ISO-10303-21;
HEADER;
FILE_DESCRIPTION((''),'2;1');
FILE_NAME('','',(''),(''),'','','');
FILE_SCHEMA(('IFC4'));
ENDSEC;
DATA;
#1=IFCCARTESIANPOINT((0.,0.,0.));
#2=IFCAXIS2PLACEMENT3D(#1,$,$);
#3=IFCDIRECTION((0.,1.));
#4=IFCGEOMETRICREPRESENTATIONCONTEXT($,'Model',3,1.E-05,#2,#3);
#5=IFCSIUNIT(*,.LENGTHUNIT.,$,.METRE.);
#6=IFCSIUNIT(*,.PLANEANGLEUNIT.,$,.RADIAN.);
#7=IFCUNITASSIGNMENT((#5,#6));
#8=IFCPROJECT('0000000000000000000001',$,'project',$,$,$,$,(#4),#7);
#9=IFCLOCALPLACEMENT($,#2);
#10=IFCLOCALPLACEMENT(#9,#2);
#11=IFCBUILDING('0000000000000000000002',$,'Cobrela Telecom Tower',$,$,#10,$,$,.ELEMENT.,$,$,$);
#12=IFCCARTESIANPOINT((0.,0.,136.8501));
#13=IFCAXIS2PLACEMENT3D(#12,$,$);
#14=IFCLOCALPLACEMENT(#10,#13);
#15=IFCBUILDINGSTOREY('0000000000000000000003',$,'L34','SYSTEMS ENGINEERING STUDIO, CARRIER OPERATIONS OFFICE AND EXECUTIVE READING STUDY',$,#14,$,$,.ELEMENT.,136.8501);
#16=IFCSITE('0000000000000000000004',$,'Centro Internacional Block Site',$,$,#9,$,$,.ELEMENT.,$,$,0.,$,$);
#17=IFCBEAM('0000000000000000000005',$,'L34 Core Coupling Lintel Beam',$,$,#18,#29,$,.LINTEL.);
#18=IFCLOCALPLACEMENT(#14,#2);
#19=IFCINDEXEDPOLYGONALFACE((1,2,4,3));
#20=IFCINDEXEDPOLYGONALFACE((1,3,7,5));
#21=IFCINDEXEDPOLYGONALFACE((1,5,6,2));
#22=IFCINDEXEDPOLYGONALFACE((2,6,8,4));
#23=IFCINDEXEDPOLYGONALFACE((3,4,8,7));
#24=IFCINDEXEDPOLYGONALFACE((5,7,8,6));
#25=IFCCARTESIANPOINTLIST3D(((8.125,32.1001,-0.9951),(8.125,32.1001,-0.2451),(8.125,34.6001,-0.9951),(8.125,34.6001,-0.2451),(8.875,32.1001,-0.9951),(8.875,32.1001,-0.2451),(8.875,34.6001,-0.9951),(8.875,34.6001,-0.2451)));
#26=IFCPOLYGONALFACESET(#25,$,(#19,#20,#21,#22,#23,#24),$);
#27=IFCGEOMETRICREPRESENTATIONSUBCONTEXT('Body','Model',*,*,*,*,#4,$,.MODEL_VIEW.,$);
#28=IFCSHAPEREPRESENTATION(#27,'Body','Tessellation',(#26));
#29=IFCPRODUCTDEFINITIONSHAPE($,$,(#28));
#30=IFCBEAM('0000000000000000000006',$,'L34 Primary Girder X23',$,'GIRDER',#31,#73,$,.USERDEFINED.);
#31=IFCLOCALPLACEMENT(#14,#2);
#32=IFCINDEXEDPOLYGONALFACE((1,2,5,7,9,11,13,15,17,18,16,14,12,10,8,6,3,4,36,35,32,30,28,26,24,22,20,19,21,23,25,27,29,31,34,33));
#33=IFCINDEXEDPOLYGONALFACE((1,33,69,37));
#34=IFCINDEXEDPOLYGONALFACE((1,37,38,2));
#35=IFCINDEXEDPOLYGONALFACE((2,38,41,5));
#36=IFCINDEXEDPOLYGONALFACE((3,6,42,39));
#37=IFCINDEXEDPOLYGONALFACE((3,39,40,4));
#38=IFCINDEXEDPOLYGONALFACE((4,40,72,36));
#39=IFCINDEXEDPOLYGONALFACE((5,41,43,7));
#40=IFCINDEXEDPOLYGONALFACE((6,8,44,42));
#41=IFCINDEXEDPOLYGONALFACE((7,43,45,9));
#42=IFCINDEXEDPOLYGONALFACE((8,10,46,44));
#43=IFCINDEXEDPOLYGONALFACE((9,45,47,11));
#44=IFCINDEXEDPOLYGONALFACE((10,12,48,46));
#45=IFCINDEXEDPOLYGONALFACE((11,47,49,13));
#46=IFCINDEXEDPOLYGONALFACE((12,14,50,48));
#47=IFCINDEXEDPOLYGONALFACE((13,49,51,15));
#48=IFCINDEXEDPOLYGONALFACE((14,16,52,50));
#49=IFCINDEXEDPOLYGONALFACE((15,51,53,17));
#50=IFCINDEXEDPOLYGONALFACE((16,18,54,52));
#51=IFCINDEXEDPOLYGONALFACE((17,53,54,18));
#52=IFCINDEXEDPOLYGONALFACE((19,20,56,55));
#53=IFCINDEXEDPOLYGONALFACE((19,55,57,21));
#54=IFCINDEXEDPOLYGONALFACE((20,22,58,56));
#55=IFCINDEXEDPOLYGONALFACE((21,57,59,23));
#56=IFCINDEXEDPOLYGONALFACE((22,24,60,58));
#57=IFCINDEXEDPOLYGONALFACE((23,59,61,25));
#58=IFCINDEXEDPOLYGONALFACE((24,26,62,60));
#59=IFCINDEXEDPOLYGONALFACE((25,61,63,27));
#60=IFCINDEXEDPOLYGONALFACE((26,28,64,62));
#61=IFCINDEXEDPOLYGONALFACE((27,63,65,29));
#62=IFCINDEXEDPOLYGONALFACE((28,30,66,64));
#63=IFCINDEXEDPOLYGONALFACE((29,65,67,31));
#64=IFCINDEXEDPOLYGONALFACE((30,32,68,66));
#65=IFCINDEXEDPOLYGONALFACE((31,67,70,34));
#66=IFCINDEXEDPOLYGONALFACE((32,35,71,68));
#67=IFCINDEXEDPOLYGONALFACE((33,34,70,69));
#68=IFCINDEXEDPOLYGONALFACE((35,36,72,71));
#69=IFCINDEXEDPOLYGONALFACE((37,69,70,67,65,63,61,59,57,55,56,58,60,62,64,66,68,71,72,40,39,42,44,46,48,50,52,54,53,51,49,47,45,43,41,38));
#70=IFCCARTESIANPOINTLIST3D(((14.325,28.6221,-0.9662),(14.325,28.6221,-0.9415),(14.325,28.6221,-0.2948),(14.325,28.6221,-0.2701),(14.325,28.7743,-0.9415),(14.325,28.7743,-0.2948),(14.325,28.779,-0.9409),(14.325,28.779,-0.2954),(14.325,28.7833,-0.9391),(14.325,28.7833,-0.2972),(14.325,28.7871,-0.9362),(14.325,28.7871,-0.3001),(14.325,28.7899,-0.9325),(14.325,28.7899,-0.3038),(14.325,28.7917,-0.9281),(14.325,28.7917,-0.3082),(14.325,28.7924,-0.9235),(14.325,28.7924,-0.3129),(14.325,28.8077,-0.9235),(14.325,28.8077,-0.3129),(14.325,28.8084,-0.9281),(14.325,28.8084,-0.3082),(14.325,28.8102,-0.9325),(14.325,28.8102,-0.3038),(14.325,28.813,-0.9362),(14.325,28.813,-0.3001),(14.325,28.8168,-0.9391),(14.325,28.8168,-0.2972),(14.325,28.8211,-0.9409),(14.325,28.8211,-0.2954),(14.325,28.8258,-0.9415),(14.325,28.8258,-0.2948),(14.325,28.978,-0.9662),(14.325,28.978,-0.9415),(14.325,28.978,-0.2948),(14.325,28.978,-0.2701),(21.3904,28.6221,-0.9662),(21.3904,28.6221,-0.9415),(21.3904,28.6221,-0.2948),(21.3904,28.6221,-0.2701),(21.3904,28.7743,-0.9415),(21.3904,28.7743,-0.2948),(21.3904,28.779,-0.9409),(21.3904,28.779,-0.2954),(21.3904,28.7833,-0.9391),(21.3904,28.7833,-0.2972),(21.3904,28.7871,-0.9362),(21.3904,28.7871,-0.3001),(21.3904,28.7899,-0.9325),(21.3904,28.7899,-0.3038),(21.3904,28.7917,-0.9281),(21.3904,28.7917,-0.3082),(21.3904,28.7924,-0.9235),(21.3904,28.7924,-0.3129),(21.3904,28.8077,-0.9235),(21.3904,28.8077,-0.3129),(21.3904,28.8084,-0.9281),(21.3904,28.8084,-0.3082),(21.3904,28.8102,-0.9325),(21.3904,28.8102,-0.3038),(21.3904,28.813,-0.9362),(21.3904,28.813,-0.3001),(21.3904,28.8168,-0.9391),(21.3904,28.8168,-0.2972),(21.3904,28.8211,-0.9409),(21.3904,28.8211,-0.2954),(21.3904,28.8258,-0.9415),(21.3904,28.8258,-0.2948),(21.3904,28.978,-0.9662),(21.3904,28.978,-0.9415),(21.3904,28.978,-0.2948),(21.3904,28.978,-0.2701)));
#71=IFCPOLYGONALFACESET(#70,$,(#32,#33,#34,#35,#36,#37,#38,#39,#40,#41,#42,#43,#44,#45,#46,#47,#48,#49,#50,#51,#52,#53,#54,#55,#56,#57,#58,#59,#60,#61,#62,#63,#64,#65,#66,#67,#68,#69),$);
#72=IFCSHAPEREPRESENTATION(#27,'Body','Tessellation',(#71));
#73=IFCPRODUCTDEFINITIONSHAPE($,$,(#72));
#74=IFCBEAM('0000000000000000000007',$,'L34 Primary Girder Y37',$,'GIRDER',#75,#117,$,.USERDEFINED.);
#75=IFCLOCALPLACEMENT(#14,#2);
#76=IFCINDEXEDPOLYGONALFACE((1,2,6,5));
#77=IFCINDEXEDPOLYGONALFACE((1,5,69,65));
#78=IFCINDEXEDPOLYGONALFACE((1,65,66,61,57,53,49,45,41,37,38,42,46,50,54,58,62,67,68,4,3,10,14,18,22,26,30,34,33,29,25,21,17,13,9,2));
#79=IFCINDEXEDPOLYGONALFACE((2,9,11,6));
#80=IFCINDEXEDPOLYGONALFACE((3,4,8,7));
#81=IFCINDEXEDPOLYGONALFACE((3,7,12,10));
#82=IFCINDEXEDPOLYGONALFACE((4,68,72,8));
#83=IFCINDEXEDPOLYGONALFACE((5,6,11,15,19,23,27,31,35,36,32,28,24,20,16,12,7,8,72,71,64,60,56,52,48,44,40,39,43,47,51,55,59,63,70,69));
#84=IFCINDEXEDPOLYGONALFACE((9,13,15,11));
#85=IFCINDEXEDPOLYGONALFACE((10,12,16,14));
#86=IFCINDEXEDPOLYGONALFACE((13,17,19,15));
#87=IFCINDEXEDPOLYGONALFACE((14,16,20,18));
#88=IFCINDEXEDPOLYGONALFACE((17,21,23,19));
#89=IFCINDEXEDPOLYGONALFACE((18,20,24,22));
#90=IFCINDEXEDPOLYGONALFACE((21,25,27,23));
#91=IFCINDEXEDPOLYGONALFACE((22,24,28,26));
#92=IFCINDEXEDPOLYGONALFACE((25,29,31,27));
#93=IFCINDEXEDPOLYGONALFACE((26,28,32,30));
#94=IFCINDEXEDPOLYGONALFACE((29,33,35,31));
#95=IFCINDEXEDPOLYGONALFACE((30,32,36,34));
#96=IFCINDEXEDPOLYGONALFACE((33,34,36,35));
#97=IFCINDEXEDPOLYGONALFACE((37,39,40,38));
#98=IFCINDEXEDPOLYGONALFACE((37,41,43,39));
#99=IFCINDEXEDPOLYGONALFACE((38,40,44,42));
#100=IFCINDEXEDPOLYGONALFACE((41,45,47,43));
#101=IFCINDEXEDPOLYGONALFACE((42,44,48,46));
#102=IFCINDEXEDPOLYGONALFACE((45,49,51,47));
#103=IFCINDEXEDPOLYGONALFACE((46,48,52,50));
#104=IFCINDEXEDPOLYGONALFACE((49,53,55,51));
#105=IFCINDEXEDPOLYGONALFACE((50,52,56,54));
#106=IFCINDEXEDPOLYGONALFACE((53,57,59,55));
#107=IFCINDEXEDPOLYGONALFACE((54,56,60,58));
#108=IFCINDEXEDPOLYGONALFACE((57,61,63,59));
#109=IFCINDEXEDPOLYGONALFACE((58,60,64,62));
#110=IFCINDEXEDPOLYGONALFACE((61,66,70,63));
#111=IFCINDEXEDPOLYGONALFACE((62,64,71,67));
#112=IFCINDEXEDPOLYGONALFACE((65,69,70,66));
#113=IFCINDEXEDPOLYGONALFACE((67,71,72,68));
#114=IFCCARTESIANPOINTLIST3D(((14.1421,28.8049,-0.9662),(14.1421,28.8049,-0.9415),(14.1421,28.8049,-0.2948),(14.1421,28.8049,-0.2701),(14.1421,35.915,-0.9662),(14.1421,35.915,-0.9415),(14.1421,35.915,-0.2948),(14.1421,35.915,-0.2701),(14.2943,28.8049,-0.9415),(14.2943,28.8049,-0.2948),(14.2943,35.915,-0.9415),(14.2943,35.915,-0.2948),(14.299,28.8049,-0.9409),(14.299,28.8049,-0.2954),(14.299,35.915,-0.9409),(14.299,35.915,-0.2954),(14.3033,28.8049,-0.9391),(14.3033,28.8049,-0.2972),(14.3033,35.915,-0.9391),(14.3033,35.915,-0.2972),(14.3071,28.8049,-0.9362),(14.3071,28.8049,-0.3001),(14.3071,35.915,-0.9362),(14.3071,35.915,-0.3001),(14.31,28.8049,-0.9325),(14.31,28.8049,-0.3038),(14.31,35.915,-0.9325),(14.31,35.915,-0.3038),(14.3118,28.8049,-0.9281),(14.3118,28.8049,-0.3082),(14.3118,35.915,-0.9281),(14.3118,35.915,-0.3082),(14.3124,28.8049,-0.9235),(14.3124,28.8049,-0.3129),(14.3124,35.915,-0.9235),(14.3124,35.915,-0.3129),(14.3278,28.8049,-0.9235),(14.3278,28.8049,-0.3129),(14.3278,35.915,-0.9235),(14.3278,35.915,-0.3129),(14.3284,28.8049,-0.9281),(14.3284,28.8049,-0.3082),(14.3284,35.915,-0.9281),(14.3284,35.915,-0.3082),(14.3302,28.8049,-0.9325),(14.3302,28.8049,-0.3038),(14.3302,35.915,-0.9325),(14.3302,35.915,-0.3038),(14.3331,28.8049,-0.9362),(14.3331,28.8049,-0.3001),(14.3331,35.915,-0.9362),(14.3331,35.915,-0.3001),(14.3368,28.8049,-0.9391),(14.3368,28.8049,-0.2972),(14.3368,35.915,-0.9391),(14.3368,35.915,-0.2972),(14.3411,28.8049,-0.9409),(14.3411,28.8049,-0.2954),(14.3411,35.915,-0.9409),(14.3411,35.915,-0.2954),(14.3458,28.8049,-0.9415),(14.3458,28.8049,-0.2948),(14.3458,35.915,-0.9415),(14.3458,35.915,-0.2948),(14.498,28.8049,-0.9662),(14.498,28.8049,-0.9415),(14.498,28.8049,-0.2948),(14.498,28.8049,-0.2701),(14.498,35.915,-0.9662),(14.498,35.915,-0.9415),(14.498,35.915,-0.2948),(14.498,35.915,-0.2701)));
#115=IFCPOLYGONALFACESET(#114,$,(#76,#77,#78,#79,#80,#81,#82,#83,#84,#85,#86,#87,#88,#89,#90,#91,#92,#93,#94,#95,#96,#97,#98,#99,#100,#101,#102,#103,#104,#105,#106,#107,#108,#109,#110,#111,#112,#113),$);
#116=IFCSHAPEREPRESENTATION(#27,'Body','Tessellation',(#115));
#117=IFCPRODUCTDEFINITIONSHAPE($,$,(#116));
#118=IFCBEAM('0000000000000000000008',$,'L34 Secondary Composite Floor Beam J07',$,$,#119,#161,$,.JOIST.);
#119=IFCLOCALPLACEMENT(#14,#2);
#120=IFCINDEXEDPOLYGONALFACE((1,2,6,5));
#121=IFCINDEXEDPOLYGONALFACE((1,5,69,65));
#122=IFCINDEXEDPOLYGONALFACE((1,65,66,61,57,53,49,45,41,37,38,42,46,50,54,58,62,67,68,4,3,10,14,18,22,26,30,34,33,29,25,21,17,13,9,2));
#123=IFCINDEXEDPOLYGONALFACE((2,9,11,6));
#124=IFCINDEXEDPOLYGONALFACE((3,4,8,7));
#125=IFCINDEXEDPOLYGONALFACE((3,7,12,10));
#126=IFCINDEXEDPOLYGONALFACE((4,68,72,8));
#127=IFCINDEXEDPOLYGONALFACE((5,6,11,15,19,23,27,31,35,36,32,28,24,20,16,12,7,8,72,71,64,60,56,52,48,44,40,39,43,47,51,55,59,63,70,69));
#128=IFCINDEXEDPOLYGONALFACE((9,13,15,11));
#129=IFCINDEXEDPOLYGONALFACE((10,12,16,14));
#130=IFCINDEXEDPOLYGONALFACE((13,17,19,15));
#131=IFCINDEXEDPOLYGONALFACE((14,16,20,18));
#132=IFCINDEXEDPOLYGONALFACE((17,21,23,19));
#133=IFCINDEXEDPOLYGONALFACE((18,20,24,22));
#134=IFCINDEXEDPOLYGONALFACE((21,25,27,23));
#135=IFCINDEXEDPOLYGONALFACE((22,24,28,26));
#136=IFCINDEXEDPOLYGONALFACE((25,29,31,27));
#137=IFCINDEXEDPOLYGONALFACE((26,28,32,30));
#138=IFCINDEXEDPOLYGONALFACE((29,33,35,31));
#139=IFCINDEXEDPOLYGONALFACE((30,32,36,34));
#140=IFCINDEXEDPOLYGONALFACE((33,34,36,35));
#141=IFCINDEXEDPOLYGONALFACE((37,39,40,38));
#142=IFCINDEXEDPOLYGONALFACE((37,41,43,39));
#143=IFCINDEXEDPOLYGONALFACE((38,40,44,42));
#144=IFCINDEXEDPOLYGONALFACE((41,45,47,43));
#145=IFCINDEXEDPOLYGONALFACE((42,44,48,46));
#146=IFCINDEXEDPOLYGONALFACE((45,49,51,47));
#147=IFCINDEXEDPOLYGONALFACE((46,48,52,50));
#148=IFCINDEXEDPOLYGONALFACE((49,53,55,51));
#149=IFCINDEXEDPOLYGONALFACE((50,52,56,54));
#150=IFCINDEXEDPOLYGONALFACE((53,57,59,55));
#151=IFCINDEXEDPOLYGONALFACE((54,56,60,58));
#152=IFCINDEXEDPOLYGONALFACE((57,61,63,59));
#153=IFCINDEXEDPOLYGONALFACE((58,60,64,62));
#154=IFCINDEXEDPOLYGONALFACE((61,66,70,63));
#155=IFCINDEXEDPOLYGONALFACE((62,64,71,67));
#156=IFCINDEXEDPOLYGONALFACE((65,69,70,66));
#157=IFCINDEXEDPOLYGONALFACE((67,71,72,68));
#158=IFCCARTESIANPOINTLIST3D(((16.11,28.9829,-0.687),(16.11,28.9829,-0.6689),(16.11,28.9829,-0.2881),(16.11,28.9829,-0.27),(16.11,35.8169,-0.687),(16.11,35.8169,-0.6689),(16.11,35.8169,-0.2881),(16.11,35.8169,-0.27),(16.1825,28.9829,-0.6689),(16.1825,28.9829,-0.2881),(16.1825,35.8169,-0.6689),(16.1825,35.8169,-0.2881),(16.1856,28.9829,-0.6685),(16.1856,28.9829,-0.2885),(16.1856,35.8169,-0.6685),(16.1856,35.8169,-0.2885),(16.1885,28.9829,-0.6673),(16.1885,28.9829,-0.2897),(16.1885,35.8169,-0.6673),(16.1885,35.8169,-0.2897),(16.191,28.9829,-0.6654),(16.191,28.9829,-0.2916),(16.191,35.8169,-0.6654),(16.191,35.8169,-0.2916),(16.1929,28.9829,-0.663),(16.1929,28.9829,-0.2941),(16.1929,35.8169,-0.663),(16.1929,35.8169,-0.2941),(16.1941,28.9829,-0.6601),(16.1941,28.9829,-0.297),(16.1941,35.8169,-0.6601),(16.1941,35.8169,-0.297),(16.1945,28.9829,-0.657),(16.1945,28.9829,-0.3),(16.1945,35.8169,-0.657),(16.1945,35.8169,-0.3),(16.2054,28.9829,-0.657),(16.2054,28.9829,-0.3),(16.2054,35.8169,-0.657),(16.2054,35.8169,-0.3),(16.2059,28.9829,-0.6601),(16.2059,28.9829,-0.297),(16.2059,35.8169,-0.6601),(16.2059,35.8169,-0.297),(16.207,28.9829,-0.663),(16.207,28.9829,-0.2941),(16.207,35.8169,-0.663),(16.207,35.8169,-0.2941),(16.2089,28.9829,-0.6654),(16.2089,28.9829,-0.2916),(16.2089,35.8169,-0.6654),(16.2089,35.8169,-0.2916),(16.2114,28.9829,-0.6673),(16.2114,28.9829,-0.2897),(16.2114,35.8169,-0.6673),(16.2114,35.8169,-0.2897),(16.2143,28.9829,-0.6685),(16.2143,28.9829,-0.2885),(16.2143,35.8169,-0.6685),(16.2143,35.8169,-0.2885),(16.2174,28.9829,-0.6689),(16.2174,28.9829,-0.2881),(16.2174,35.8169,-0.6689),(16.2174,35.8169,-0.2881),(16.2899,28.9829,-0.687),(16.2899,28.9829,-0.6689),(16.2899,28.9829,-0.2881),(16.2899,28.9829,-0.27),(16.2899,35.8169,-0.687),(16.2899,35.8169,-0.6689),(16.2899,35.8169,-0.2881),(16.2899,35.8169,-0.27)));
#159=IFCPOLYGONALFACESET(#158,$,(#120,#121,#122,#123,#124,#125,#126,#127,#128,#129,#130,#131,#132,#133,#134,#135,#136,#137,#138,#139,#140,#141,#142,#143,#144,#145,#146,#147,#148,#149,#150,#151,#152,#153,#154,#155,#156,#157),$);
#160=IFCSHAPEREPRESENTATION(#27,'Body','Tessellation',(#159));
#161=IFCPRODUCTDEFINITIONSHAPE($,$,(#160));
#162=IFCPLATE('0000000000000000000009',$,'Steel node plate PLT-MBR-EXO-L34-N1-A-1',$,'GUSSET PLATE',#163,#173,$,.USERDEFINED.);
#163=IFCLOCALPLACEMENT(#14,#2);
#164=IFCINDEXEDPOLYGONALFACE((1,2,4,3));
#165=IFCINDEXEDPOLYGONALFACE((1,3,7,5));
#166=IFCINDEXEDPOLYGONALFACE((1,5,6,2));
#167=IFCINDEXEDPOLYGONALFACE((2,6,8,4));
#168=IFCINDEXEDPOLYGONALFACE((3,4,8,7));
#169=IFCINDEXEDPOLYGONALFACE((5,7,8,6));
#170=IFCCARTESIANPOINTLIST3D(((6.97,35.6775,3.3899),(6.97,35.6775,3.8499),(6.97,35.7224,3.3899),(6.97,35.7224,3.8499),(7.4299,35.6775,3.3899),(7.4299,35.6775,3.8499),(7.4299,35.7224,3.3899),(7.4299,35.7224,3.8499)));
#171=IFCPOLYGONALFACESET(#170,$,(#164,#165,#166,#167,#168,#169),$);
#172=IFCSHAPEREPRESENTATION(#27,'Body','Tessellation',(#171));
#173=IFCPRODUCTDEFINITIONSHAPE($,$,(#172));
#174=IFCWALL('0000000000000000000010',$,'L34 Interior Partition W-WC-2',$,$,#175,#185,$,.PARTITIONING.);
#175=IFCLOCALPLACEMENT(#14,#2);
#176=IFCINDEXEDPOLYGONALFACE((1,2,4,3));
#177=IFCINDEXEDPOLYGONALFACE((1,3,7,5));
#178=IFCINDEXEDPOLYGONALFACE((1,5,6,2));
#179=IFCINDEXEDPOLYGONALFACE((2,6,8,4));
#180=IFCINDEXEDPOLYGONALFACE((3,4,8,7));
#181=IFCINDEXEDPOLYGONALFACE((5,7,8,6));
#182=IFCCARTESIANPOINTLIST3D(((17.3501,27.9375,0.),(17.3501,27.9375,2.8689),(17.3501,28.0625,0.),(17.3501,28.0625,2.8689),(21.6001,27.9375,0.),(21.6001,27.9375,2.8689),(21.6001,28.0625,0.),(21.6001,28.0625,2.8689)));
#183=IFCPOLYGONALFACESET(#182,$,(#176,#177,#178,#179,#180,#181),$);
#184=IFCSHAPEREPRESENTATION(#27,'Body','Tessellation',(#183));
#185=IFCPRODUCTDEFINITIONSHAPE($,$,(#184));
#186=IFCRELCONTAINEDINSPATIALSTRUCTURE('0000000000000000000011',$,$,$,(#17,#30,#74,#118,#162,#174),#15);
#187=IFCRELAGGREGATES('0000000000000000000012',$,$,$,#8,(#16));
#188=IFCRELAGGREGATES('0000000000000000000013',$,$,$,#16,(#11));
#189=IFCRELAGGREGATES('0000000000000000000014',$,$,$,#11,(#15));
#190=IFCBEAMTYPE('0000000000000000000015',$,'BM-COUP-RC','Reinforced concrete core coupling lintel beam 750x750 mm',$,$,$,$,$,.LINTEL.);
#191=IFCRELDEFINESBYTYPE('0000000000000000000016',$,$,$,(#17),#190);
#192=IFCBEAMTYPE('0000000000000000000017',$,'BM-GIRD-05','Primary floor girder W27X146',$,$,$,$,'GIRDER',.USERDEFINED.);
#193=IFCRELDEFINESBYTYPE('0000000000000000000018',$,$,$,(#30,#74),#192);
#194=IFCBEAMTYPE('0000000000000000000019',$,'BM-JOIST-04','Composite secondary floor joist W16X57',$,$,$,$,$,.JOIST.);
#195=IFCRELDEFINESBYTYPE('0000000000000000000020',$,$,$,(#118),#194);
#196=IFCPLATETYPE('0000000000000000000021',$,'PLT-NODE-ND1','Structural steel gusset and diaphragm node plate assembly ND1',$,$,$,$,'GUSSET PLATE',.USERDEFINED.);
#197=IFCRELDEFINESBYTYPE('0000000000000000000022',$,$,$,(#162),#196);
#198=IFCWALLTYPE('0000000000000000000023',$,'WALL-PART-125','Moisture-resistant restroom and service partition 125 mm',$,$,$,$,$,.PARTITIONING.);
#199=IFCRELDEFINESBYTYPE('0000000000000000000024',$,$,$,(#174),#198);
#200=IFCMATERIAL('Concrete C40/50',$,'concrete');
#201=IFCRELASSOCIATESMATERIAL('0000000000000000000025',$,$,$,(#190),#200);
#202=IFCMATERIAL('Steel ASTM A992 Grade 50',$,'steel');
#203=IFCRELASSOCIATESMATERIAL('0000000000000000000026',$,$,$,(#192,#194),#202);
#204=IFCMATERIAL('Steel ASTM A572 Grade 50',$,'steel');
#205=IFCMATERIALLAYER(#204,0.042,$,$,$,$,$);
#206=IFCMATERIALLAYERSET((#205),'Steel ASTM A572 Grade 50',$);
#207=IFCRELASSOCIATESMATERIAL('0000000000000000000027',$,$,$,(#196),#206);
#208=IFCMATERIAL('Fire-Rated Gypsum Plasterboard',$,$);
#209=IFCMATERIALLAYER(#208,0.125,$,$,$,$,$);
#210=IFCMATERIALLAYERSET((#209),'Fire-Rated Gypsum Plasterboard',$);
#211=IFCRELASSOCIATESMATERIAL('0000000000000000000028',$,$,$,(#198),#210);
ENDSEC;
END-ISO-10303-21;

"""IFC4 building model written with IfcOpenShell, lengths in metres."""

from ifc_helpers import new_model, si_unit, direction, frame, frame_2d, origin, origin_2d, place, context, subcontext, project, spatial, rectangle, i_section, extrude, material, layer, layer_set, material_profile, profile_set, type_object, element, save


model = new_model("IFC4")

# Units and contexts
model_context = context("Model", 3, precision=1e-05, world=origin(), true_north=direction((0.0, 1.0)))
body_context = subcontext(model_context, "Body", "Model", "MODEL_VIEW")
ifc_project = project(units=[si_unit("LENGTHUNIT", "METRE"), si_unit("PLANEANGLEUNIT", "RADIAN")], contexts=[model_context])

# Site, building, storey
site_placement = place(None, origin())
site = spatial("IfcSite", under=ifc_project, at=site_placement, Name="Centro Internacional Block Site", CompositionType="ELEMENT", RefElevation=0.0)
building_placement = place(site_placement, origin())
building = spatial("IfcBuilding", under=site, at=building_placement, Name="Cobrela Telecom Tower", CompositionType="ELEMENT")
storey_placement = place(building_placement, frame((0.0, 0.0, 136.8501)))
storey = spatial("IfcBuildingStorey", under=building, at=storey_placement, Name="L34", Description="SYSTEMS ENGINEERING STUDIO, CARRIER OPERATIONS OFFICE AND EXECUTIVE READING STUDY", CompositionType="ELEMENT", Elevation=136.8501)

# Beams
ifc_material_1 = material(Name="Concrete C40/50", Category="concrete")
ifc_material_profile_1 = material_profile(ifc_material_1, rectangle(XDim=0.75, YDim=0.75, at=origin_2d()), Name="RC 750x750")
ifc_profile_set_1 = profile_set([ifc_material_profile_1], Name="Concrete C40/50")
beam_type_1 = type_object("IfcBeamType", Name="BM-COUP-RC", Description="Reinforced concrete core coupling lintel beam 750x750 mm", PredefinedType="LINTEL", material=ifc_profile_set_1)
beam_1_placement = place(storey_placement, frame((8.5, 32.1001, -0.6201), z_axis=(0.0, 1.0, 0.0), x_axis=(-1.0, 0.0, 0.0)))
element("IfcBeam", 1, at=beam_1_placement, inside=storey, type_object=beam_type_1, Name="L34 Core Coupling Lintel Beam", PredefinedType="LINTEL", context=body_context, shape_type="SweptSolid", body=[
    extrude(rectangle(XDim=0.75, YDim=0.75, at=origin_2d()), origin(), (0.0, 0.0, 1.0), 2.5),
])
ifc_material_2 = material(Name="Steel ASTM A992 Grade 50", Category="steel")
ifc_material_profile_2 = material_profile(ifc_material_2, i_section(OverallWidth=0.356, OverallDepth=0.696, WebThickness=0.0154, FlangeThickness=0.0247, FilletRadius=0.0181, at=origin_2d()), Name="W27X146")
ifc_profile_set_2 = profile_set([ifc_material_profile_2], Name="Steel ASTM A992 Grade 50")
beam_type_2 = type_object("IfcBeamType", Name="BM-GIRD-05", Description="Primary floor girder W27X146", ElementType="GIRDER", PredefinedType="USERDEFINED", material=ifc_profile_set_2)
beam_2_placement = place(storey_placement, frame((14.325, 28.8, -0.6182), z_axis=(1.0, 0.0, 0.0), x_axis=(0.0, 1.0, 0.0)))
element("IfcBeam", 2, at=beam_2_placement, inside=storey, type_object=beam_type_2, Name="L34 Primary Girder X23", ObjectType="GIRDER", PredefinedType="USERDEFINED", context=body_context, shape_type="SweptSolid", body=[
    extrude(i_section(OverallWidth=0.356, OverallDepth=0.696, WebThickness=0.0154, FlangeThickness=0.0247, FilletRadius=0.0181, at=origin_2d()), origin(), (0.0, 0.0, 1.0), 7.0654),
])
beam_3_placement = place(storey_placement, frame((14.3201, 28.8049, -0.6182), z_axis=(0.0, 1.0, 0.0), x_axis=(-1.0, 0.0, 0.0)))
element("IfcBeam", 3, at=beam_3_placement, inside=storey, type_object=beam_type_2, Name="L34 Primary Girder Y37", ObjectType="GIRDER", PredefinedType="USERDEFINED", context=body_context, shape_type="SweptSolid", body=[
    extrude(i_section(OverallWidth=0.356, OverallDepth=0.696, WebThickness=0.0154, FlangeThickness=0.0247, FilletRadius=0.0181, at=origin_2d()), origin(), (0.0, 0.0, 1.0), 7.1101),
])
ifc_material_profile_3 = material_profile(ifc_material_2, i_section(OverallWidth=0.1799, OverallDepth=0.417, WebThickness=0.011, FlangeThickness=0.0181, FilletRadius=0.012, at=origin_2d()), Name="W16X57")
ifc_profile_set_3 = profile_set([ifc_material_profile_3], Name="Steel ASTM A992 Grade 50")
beam_type_3 = type_object("IfcBeamType", Name="BM-JOIST-04", Description="Composite secondary floor joist W16X57", PredefinedType="JOIST", material=ifc_profile_set_3)
beam_4_placement = place(storey_placement, frame((16.2, 28.9829, -0.4785), z_axis=(0.0, 1.0, 0.0), x_axis=(-1.0, 0.0, 0.0)))
element("IfcBeam", 4, at=beam_4_placement, inside=storey, type_object=beam_type_3, Name="L34 Secondary Composite Floor Beam J07", PredefinedType="JOIST", context=body_context, shape_type="SweptSolid", body=[
    extrude(i_section(OverallWidth=0.1799, OverallDepth=0.417, WebThickness=0.011, FlangeThickness=0.0181, FilletRadius=0.012, at=origin_2d()), origin(), (0.0, 0.0, 1.0), 6.834),
])

# Plate
ifc_material_3 = material(Name="Steel ASTM A572 Grade 50", Category="steel")
ifc_layer_1 = layer(ifc_material_3, 0.042)
ifc_layer_set_1 = layer_set([ifc_layer_1], Name="Steel ASTM A572 Grade 50")
plate_type = type_object("IfcPlateType", Name="PLT-NODE-ND1", Description="Structural steel gusset and diaphragm node plate assembly ND1", ElementType="GUSSET PLATE", PredefinedType="USERDEFINED", material=ifc_layer_set_1)
plate_placement = place(storey_placement, frame((7.2, 35.7, 3.3899), z_axis=(0.0, 0.0, 1.0), x_axis=(1.0, 0.0, 0.0)))
element("IfcPlate", 5, at=plate_placement, inside=storey, type_object=plate_type, Name="Steel node plate PLT-MBR-EXO-L34-N1-A-1", ObjectType="GUSSET PLATE", PredefinedType="USERDEFINED", context=body_context, shape_type="SweptSolid", body=[
    extrude(rectangle(XDim=0.46, YDim=0.0449, at=origin_2d()), origin(), (0.0, 0.0, 1.0), 0.46),
])

# Wall
ifc_material_4 = material(Name="Fire-Rated Gypsum Plasterboard")
ifc_layer_2 = layer(ifc_material_4, 0.125)
ifc_layer_set_2 = layer_set([ifc_layer_2], Name="Fire-Rated Gypsum Plasterboard")
wall_type_1 = type_object("IfcWallType", Name="WALL-PART-125", Description="Moisture-resistant restroom and service partition 125 mm", PredefinedType="PARTITIONING", material=ifc_layer_set_2)
for number, where, z_axis, x_axis, name in (
    (6, (17.3501, 28.0, 0.0), (0.0, 0.0, 1.0), (1.0, 0.0, 0.0), "L34 Interior Partition W-WC-2"),
):
    element("IfcWall", number, at=place(storey_placement, frame(where, z_axis=z_axis, x_axis=x_axis)), inside=storey, type_object=wall_type_1, Name=name, PredefinedType="PARTITIONING", context=body_context, shape_type="SweptSolid", body=[
        extrude(rectangle(XDim=4.25, YDim=0.125, at=frame_2d((2.125, 0.0))), origin(), (0.0, 0.0, 1.0), 2.8689),
    ])

save(model, "model.ifc")
